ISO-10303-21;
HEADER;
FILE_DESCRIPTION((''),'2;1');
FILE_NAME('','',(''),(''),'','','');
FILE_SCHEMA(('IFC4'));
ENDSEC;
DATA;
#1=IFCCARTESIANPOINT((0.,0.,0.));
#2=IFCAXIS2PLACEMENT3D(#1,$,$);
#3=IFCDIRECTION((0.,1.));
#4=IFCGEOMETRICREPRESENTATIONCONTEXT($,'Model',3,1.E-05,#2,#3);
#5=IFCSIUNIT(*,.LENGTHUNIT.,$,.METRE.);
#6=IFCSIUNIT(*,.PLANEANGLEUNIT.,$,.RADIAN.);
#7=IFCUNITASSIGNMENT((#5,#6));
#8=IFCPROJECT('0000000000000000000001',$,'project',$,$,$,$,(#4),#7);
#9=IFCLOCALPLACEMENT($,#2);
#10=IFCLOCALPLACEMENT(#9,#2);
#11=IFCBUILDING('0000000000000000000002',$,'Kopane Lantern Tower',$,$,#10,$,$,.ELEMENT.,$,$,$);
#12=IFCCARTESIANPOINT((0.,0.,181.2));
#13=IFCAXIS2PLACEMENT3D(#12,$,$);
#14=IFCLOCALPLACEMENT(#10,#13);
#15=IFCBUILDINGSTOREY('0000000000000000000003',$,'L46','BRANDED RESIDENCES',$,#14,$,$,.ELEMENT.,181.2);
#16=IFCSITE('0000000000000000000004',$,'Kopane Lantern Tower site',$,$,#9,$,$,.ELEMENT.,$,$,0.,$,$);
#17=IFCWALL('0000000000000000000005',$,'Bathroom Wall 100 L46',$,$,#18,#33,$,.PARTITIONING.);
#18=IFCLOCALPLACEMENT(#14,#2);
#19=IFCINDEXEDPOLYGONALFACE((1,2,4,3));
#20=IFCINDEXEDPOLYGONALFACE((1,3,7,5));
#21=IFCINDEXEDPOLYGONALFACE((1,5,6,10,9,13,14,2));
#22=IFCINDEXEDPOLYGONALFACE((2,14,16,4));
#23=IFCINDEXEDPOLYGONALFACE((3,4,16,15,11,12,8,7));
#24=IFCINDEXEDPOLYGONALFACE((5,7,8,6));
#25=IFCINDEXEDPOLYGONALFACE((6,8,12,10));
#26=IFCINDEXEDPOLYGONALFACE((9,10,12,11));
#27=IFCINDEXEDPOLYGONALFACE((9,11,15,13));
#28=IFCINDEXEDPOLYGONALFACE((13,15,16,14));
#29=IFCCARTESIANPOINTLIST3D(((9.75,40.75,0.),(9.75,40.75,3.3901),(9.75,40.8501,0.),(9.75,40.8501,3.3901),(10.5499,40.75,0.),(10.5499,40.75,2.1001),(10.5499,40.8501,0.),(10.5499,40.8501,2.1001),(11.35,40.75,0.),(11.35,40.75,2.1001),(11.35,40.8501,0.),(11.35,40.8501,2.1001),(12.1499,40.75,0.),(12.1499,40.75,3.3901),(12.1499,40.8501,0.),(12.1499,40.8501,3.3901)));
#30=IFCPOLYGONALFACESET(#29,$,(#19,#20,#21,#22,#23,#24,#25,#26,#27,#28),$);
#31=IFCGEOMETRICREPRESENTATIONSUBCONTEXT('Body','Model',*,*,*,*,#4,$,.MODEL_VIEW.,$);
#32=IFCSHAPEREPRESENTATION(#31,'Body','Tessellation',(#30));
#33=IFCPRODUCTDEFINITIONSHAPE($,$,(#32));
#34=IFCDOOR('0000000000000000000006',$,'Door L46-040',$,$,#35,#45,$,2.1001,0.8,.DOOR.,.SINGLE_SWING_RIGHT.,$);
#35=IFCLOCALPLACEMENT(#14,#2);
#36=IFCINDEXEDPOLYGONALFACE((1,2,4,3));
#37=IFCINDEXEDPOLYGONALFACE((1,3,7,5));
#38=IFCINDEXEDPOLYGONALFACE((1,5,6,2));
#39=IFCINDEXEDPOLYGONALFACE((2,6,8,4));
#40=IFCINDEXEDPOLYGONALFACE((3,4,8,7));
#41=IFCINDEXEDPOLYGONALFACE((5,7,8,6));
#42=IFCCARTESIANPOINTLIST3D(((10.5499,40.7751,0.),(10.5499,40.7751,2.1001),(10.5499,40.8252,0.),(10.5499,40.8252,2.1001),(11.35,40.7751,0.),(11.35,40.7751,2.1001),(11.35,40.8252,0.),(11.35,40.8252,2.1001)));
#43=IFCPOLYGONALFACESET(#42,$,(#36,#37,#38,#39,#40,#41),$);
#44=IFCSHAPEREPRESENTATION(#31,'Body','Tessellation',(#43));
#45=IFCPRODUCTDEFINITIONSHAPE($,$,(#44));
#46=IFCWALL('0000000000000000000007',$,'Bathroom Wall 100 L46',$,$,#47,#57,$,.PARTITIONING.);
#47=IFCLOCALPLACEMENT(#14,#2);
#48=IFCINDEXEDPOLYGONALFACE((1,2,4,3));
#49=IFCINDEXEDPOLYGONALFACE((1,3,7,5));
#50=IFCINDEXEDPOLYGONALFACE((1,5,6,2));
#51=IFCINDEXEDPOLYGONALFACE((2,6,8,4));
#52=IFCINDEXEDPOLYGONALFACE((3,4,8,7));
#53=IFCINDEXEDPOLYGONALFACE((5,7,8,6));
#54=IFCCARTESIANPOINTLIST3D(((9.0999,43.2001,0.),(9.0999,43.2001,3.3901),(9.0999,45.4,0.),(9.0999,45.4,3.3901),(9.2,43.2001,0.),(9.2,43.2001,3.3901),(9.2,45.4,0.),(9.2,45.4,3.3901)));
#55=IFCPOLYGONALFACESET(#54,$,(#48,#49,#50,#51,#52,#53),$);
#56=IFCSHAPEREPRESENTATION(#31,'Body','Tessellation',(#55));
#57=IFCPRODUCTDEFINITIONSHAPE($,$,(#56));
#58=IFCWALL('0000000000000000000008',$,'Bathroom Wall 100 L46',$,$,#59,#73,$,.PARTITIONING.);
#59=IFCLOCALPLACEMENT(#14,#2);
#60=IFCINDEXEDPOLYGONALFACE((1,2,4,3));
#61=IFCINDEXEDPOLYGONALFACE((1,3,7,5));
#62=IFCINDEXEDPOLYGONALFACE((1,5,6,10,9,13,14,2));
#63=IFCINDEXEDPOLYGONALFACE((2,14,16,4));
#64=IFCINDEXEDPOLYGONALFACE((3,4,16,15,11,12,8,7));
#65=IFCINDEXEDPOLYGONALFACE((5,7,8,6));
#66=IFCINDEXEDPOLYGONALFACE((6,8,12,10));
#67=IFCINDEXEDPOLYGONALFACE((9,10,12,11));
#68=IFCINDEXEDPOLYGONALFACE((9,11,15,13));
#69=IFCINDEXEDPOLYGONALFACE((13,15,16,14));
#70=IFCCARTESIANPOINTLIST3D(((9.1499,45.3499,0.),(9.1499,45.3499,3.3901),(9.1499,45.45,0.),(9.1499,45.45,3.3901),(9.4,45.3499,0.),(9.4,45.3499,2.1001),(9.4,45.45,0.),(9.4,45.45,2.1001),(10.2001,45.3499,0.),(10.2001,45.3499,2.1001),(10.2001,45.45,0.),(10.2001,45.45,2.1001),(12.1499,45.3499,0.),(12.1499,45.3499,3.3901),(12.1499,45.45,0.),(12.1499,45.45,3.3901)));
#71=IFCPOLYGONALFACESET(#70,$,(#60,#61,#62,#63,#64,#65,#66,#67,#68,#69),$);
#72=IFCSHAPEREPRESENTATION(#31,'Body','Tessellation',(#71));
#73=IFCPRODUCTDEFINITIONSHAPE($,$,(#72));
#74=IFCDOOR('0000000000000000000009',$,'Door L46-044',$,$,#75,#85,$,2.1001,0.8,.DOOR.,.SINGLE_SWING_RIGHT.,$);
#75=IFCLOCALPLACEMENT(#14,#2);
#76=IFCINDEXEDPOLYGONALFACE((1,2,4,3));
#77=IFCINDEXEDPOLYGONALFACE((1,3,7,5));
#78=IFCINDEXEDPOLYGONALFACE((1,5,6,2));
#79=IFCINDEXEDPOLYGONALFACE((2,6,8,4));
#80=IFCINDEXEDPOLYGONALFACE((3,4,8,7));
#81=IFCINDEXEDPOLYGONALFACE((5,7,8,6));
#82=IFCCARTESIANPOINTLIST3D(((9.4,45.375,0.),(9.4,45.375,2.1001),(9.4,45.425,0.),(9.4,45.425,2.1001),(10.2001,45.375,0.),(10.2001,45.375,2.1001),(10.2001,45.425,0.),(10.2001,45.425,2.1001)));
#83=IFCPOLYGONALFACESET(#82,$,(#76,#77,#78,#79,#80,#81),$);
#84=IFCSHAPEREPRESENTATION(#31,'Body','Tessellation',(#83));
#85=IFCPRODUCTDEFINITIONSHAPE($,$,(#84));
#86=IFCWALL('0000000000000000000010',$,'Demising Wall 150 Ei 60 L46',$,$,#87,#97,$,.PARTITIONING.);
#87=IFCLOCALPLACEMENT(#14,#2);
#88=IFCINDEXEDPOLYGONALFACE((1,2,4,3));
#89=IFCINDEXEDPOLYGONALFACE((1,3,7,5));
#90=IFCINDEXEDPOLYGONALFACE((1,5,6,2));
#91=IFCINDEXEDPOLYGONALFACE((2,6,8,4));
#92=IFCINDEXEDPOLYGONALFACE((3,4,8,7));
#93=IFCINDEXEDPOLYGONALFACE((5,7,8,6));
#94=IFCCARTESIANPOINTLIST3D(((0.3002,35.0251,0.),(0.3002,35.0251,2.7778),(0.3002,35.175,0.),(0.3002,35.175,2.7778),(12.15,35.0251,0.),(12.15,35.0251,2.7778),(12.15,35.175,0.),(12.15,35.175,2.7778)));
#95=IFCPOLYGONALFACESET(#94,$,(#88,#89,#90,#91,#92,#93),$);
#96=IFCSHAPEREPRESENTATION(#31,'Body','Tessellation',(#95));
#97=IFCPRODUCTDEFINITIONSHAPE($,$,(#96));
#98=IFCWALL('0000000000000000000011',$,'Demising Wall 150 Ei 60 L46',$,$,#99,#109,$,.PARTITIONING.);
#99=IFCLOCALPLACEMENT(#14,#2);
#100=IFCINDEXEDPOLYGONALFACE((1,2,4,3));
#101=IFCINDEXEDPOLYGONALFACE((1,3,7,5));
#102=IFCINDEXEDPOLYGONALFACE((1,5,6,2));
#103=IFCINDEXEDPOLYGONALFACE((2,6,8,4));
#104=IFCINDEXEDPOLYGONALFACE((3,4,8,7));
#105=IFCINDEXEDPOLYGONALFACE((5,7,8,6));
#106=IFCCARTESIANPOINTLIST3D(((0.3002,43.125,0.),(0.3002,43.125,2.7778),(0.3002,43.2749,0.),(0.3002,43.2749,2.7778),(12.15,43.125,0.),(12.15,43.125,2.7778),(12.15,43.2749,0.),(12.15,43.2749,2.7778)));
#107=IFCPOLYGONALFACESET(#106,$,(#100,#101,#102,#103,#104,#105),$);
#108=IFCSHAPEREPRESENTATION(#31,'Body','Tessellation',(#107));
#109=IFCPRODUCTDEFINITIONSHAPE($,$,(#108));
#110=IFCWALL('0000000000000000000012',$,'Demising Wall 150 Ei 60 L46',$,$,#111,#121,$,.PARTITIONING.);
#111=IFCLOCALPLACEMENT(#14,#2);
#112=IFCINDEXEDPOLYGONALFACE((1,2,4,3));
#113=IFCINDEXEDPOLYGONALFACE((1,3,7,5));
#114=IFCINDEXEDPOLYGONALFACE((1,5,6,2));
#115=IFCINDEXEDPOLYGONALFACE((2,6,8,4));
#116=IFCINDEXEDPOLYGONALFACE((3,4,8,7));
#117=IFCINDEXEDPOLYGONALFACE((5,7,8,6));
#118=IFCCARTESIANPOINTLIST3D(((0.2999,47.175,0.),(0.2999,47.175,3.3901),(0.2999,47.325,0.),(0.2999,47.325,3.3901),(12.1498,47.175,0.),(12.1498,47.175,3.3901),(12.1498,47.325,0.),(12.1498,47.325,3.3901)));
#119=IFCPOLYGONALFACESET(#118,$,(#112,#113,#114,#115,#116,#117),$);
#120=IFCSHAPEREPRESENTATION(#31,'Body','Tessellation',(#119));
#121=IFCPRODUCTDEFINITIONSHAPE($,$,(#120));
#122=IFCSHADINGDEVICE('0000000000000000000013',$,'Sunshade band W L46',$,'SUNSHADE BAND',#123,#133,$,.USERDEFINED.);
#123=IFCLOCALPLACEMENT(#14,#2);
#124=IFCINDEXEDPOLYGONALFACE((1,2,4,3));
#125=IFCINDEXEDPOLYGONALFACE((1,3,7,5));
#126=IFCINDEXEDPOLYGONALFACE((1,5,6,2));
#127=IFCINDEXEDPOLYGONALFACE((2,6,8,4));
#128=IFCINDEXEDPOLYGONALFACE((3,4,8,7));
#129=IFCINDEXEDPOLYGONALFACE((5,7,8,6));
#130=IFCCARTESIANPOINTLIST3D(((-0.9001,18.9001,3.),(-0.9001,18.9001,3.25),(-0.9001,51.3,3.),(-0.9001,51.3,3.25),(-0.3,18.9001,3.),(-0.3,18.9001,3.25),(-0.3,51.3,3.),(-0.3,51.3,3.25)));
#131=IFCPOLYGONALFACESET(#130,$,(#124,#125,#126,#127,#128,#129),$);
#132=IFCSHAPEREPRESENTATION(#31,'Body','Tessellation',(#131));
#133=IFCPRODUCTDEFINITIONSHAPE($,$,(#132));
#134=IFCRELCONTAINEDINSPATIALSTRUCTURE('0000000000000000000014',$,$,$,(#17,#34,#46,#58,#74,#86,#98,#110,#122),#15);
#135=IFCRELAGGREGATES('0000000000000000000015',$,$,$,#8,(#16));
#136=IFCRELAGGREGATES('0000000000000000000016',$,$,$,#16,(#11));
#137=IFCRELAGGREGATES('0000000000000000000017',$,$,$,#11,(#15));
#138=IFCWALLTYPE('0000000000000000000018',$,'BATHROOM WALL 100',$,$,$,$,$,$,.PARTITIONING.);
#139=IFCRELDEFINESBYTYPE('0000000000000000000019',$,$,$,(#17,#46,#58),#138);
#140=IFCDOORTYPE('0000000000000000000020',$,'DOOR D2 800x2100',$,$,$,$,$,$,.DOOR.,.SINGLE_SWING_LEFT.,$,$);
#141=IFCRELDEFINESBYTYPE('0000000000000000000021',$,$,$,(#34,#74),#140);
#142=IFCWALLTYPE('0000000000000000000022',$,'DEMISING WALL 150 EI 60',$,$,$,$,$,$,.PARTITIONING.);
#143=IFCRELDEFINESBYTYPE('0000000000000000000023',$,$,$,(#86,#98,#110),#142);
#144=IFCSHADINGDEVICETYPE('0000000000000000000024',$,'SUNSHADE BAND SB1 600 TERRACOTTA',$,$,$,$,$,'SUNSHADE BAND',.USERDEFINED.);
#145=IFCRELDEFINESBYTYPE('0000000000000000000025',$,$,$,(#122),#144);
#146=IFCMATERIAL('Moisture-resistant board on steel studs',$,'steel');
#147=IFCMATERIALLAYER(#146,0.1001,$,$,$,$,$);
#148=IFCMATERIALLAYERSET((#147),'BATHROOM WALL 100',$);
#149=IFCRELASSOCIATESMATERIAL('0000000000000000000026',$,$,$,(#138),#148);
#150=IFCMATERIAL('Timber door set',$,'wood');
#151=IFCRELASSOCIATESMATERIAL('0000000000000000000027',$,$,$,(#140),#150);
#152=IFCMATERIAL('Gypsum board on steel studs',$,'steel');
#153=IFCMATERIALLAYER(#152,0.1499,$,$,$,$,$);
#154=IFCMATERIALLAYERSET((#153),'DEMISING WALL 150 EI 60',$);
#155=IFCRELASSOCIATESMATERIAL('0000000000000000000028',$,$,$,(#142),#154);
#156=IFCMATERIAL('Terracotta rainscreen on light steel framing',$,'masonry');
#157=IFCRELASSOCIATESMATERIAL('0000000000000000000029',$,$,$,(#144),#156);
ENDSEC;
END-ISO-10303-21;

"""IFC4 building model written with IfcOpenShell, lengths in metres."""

from ifc_helpers import new_model, si_unit, direction, frame, frame_2d, origin, origin_2d, place, context, subcontext, project, spatial, rectangle, extrude, material, layer, layer_set, type_object, element, fill, save


model = new_model("IFC4")

# Units and contexts
model_context = context("Model", 3, precision=1e-05, world=origin(), true_north=direction((0.0, 1.0)))
body_context = subcontext(model_context, "Body", "Model", "MODEL_VIEW")
ifc_project = project(units=[si_unit("LENGTHUNIT", "METRE"), si_unit("PLANEANGLEUNIT", "RADIAN")], contexts=[model_context])

# Site, building, storey
site_placement = place(None, origin())
site = spatial("IfcSite", under=ifc_project, at=site_placement, Name="Kopane Lantern Tower site", CompositionType="ELEMENT", RefElevation=0.0)
building_placement = place(site_placement, origin())
building = spatial("IfcBuilding", under=site, at=building_placement, Name="Kopane Lantern Tower", CompositionType="ELEMENT")
storey_placement = place(building_placement, frame((0.0, 0.0, 181.2)))
storey = spatial("IfcBuildingStorey", under=building, at=storey_placement, Name="L46", Description="BRANDED RESIDENCES", CompositionType="ELEMENT", Elevation=181.2)

# Wall, opening, door
ifc_material_1 = material(Name="Moisture-resistant board on steel studs", Category="steel")
ifc_layer_1 = layer(ifc_material_1, 0.1001)
ifc_layer_set_1 = layer_set([ifc_layer_1], Name="BATHROOM WALL 100")
wall_type_1 = type_object("IfcWallType", Name="BATHROOM WALL 100", PredefinedType="PARTITIONING", material=ifc_layer_set_1)
ifc_material_2 = material(Name="Timber door set", Category="wood")
door_type = type_object("IfcDoorType", Name="DOOR D2 800x2100", OperationType="SINGLE_SWING_LEFT", PredefinedType="DOOR", material=ifc_material_2)
wall_1_placement = place(storey_placement, frame((12.1499, 40.8, 0.0), z_axis=(0.0, 0.0, 1.0), x_axis=(-1.0, 0.0, 0.0)))
wall_1 = element("IfcWall", 1, at=wall_1_placement, inside=storey, type_object=wall_type_1, Name="Bathroom Wall 100 L46", PredefinedType="PARTITIONING", context=body_context, shape_type="SweptSolid", body=[
    extrude(rectangle(XDim=2.3999, YDim=0.1001, at=frame_2d((1.2, 0.0))), origin(), (0.0, 0.0, 1.0), 3.3901),
])
opening_1_placement = place(wall_1_placement, frame((0.8, 0.0, 0.0)))
opening_1 = element("IfcOpeningElement", 2, at=opening_1_placement, cuts=wall_1, PredefinedType="OPENING", context=body_context, shape_type="SweptSolid", body=[
    extrude(rectangle(XDim=0.8, YDim=2.1001, at=frame_2d((0.3999, 1.05))), frame((0.0, 0.0601, 0.0), z_axis=(0.0, -1.0, 0.0), x_axis=(1.0, 0.0, 0.0)), (0.0, 0.0, 1.0), 0.1201),
])
door_1_placement = place(opening_1_placement, origin())
door_1 = element("IfcDoor", 3, at=door_1_placement, inside=storey, type_object=door_type, Name="Door L46-040", OperationType="SINGLE_SWING_RIGHT", OverallHeight=2.1001, OverallWidth=0.8, PredefinedType="DOOR", context=body_context, shape_type="SweptSolid", body=[
    extrude(rectangle(XDim=0.8, YDim=2.1001, at=frame_2d((0.3999, 1.05))), frame((0.0, 0.0249, 0.0), z_axis=(0.0, -1.0, 0.0), x_axis=(1.0, 0.0, 0.0)), (0.0, 0.0, 1.0), 0.05),
])
fill(opening_1, door_1)

# Wall
wall_2_placement = place(storey_placement, frame((9.1499, 43.2, 0.0), z_axis=(0.0, 0.0, 1.0), x_axis=(0.0, 1.0, 0.0)))
element("IfcWall", 4, at=wall_2_placement, inside=storey, type_object=wall_type_1, Name="Bathroom Wall 100 L46", PredefinedType="PARTITIONING", context=body_context, shape_type="SweptSolid", body=[
    extrude(rectangle(XDim=2.2, YDim=0.1001, at=frame_2d((1.1001, 0.0))), origin(), (0.0, 0.0, 1.0), 3.3901),
])

# Wall, opening, door
wall_3_placement = place(storey_placement, frame((12.1499, 45.3999, 0.0), z_axis=(0.0, 0.0, 1.0), x_axis=(-1.0, 0.0, 0.0)))
wall_3 = element("IfcWall", 5, at=wall_3_placement, inside=storey, type_object=wall_type_1, Name="Bathroom Wall 100 L46", PredefinedType="PARTITIONING", context=body_context, shape_type="SweptSolid", body=[
    extrude(rectangle(XDim=3.0, YDim=0.1001, at=frame_2d((1.5, 0.0))), origin(), (0.0, 0.0, 1.0), 3.3901),
])
opening_2_placement = place(wall_3_placement, frame((1.95, 0.0, 0.0)))
opening_2 = element("IfcOpeningElement", 6, at=opening_2_placement, cuts=wall_3, PredefinedType="OPENING", context=body_context, shape_type="SweptSolid", body=[
    extrude(rectangle(XDim=0.8, YDim=2.1001, at=frame_2d((0.3999, 1.05))), frame((0.0, 0.0601, 0.0), z_axis=(0.0, -1.0, 0.0), x_axis=(1.0, 0.0, 0.0)), (0.0, 0.0, 1.0), 0.1201),
])
door_2_placement = place(opening_2_placement, origin())
door_2 = element("IfcDoor", 7, at=door_2_placement, inside=storey, type_object=door_type, Name="Door L46-044", OperationType="SINGLE_SWING_RIGHT", OverallHeight=2.1001, OverallWidth=0.8, PredefinedType="DOOR", context=body_context, shape_type="SweptSolid", body=[
    extrude(rectangle(XDim=0.8, YDim=2.1001, at=frame_2d((0.3999, 1.05))), frame((0.0, 0.0249, 0.0), z_axis=(0.0, -1.0, 0.0), x_axis=(1.0, 0.0, 0.0)), (0.0, 0.0, 1.0), 0.05),
])
fill(opening_2, door_2)

# Walls
ifc_material_3 = material(Name="Gypsum board on steel studs", Category="steel")
ifc_layer_2 = layer(ifc_material_3, 0.1499)
ifc_layer_set_2 = layer_set([ifc_layer_2], Name="DEMISING WALL 150 EI 60")
wall_type_2 = type_object("IfcWallType", Name="DEMISING WALL 150 EI 60", PredefinedType="PARTITIONING", material=ifc_layer_set_2)
for number, where, z_axis, x_axis, name in (
    (8, (12.1499, 35.1001, 0.0), (0.0, 0.0, 1.0), (-1.0, 0.0, 0.0), "Demising Wall 150 Ei 60 L46"),
    (9, (12.1499, 43.2, 0.0), (0.0, 0.0, 1.0), (-1.0, 0.0, 0.0), "Demising Wall 150 Ei 60 L46"),
):
    element("IfcWall", number, at=place(storey_placement, frame(where, z_axis=z_axis, x_axis=x_axis)), inside=storey, type_object=wall_type_2, Name=name, PredefinedType="PARTITIONING", context=body_context, shape_type="SweptSolid", body=[
        extrude(rectangle(XDim=11.8499, YDim=0.1499, at=frame_2d((5.9248, 0.0))), origin(), (0.0, 0.0, 1.0), 2.7778),
    ])
wall_4_placement = place(storey_placement, frame((0.3, 47.25, 0.0), z_axis=(0.0, 0.0, 1.0), x_axis=(1.0, 0.0, 0.0)))
element("IfcWall", 10, at=wall_4_placement, inside=storey, type_object=wall_type_2, Name="Demising Wall 150 Ei 60 L46", PredefinedType="PARTITIONING", context=body_context, shape_type="SweptSolid", body=[
    extrude(rectangle(XDim=11.8499, YDim=0.1499, at=frame_2d((5.9248, 0.0))), origin(), (0.0, 0.0, 1.0), 3.3901),
])

# Shading device
ifc_material_4 = material(Name="Terracotta rainscreen on light steel framing", Category="masonry")
shading_device_type = type_object("IfcShadingDeviceType", Name="SUNSHADE BAND SB1 600 TERRACOTTA", ElementType="SUNSHADE BAND", PredefinedType="USERDEFINED", material=ifc_material_4)
shading_device_placement = place(storey_placement, frame((-0.6001, 35.1001, 3.0), z_axis=(0.0, 0.0, 1.0), x_axis=(0.0, -1.0, 0.0)))
element("IfcShadingDevice", 11, at=shading_device_placement, inside=storey, type_object=shading_device_type, Name="Sunshade band W L46", ObjectType="SUNSHADE BAND", PredefinedType="USERDEFINED", context=body_context, shape_type="SweptSolid", body=[
    extrude(rectangle(XDim=32.3999, YDim=0.6001, at=origin_2d()), origin(), (0.0, 0.0, 1.0), 0.25),
])

save(model, "model.ifc")
